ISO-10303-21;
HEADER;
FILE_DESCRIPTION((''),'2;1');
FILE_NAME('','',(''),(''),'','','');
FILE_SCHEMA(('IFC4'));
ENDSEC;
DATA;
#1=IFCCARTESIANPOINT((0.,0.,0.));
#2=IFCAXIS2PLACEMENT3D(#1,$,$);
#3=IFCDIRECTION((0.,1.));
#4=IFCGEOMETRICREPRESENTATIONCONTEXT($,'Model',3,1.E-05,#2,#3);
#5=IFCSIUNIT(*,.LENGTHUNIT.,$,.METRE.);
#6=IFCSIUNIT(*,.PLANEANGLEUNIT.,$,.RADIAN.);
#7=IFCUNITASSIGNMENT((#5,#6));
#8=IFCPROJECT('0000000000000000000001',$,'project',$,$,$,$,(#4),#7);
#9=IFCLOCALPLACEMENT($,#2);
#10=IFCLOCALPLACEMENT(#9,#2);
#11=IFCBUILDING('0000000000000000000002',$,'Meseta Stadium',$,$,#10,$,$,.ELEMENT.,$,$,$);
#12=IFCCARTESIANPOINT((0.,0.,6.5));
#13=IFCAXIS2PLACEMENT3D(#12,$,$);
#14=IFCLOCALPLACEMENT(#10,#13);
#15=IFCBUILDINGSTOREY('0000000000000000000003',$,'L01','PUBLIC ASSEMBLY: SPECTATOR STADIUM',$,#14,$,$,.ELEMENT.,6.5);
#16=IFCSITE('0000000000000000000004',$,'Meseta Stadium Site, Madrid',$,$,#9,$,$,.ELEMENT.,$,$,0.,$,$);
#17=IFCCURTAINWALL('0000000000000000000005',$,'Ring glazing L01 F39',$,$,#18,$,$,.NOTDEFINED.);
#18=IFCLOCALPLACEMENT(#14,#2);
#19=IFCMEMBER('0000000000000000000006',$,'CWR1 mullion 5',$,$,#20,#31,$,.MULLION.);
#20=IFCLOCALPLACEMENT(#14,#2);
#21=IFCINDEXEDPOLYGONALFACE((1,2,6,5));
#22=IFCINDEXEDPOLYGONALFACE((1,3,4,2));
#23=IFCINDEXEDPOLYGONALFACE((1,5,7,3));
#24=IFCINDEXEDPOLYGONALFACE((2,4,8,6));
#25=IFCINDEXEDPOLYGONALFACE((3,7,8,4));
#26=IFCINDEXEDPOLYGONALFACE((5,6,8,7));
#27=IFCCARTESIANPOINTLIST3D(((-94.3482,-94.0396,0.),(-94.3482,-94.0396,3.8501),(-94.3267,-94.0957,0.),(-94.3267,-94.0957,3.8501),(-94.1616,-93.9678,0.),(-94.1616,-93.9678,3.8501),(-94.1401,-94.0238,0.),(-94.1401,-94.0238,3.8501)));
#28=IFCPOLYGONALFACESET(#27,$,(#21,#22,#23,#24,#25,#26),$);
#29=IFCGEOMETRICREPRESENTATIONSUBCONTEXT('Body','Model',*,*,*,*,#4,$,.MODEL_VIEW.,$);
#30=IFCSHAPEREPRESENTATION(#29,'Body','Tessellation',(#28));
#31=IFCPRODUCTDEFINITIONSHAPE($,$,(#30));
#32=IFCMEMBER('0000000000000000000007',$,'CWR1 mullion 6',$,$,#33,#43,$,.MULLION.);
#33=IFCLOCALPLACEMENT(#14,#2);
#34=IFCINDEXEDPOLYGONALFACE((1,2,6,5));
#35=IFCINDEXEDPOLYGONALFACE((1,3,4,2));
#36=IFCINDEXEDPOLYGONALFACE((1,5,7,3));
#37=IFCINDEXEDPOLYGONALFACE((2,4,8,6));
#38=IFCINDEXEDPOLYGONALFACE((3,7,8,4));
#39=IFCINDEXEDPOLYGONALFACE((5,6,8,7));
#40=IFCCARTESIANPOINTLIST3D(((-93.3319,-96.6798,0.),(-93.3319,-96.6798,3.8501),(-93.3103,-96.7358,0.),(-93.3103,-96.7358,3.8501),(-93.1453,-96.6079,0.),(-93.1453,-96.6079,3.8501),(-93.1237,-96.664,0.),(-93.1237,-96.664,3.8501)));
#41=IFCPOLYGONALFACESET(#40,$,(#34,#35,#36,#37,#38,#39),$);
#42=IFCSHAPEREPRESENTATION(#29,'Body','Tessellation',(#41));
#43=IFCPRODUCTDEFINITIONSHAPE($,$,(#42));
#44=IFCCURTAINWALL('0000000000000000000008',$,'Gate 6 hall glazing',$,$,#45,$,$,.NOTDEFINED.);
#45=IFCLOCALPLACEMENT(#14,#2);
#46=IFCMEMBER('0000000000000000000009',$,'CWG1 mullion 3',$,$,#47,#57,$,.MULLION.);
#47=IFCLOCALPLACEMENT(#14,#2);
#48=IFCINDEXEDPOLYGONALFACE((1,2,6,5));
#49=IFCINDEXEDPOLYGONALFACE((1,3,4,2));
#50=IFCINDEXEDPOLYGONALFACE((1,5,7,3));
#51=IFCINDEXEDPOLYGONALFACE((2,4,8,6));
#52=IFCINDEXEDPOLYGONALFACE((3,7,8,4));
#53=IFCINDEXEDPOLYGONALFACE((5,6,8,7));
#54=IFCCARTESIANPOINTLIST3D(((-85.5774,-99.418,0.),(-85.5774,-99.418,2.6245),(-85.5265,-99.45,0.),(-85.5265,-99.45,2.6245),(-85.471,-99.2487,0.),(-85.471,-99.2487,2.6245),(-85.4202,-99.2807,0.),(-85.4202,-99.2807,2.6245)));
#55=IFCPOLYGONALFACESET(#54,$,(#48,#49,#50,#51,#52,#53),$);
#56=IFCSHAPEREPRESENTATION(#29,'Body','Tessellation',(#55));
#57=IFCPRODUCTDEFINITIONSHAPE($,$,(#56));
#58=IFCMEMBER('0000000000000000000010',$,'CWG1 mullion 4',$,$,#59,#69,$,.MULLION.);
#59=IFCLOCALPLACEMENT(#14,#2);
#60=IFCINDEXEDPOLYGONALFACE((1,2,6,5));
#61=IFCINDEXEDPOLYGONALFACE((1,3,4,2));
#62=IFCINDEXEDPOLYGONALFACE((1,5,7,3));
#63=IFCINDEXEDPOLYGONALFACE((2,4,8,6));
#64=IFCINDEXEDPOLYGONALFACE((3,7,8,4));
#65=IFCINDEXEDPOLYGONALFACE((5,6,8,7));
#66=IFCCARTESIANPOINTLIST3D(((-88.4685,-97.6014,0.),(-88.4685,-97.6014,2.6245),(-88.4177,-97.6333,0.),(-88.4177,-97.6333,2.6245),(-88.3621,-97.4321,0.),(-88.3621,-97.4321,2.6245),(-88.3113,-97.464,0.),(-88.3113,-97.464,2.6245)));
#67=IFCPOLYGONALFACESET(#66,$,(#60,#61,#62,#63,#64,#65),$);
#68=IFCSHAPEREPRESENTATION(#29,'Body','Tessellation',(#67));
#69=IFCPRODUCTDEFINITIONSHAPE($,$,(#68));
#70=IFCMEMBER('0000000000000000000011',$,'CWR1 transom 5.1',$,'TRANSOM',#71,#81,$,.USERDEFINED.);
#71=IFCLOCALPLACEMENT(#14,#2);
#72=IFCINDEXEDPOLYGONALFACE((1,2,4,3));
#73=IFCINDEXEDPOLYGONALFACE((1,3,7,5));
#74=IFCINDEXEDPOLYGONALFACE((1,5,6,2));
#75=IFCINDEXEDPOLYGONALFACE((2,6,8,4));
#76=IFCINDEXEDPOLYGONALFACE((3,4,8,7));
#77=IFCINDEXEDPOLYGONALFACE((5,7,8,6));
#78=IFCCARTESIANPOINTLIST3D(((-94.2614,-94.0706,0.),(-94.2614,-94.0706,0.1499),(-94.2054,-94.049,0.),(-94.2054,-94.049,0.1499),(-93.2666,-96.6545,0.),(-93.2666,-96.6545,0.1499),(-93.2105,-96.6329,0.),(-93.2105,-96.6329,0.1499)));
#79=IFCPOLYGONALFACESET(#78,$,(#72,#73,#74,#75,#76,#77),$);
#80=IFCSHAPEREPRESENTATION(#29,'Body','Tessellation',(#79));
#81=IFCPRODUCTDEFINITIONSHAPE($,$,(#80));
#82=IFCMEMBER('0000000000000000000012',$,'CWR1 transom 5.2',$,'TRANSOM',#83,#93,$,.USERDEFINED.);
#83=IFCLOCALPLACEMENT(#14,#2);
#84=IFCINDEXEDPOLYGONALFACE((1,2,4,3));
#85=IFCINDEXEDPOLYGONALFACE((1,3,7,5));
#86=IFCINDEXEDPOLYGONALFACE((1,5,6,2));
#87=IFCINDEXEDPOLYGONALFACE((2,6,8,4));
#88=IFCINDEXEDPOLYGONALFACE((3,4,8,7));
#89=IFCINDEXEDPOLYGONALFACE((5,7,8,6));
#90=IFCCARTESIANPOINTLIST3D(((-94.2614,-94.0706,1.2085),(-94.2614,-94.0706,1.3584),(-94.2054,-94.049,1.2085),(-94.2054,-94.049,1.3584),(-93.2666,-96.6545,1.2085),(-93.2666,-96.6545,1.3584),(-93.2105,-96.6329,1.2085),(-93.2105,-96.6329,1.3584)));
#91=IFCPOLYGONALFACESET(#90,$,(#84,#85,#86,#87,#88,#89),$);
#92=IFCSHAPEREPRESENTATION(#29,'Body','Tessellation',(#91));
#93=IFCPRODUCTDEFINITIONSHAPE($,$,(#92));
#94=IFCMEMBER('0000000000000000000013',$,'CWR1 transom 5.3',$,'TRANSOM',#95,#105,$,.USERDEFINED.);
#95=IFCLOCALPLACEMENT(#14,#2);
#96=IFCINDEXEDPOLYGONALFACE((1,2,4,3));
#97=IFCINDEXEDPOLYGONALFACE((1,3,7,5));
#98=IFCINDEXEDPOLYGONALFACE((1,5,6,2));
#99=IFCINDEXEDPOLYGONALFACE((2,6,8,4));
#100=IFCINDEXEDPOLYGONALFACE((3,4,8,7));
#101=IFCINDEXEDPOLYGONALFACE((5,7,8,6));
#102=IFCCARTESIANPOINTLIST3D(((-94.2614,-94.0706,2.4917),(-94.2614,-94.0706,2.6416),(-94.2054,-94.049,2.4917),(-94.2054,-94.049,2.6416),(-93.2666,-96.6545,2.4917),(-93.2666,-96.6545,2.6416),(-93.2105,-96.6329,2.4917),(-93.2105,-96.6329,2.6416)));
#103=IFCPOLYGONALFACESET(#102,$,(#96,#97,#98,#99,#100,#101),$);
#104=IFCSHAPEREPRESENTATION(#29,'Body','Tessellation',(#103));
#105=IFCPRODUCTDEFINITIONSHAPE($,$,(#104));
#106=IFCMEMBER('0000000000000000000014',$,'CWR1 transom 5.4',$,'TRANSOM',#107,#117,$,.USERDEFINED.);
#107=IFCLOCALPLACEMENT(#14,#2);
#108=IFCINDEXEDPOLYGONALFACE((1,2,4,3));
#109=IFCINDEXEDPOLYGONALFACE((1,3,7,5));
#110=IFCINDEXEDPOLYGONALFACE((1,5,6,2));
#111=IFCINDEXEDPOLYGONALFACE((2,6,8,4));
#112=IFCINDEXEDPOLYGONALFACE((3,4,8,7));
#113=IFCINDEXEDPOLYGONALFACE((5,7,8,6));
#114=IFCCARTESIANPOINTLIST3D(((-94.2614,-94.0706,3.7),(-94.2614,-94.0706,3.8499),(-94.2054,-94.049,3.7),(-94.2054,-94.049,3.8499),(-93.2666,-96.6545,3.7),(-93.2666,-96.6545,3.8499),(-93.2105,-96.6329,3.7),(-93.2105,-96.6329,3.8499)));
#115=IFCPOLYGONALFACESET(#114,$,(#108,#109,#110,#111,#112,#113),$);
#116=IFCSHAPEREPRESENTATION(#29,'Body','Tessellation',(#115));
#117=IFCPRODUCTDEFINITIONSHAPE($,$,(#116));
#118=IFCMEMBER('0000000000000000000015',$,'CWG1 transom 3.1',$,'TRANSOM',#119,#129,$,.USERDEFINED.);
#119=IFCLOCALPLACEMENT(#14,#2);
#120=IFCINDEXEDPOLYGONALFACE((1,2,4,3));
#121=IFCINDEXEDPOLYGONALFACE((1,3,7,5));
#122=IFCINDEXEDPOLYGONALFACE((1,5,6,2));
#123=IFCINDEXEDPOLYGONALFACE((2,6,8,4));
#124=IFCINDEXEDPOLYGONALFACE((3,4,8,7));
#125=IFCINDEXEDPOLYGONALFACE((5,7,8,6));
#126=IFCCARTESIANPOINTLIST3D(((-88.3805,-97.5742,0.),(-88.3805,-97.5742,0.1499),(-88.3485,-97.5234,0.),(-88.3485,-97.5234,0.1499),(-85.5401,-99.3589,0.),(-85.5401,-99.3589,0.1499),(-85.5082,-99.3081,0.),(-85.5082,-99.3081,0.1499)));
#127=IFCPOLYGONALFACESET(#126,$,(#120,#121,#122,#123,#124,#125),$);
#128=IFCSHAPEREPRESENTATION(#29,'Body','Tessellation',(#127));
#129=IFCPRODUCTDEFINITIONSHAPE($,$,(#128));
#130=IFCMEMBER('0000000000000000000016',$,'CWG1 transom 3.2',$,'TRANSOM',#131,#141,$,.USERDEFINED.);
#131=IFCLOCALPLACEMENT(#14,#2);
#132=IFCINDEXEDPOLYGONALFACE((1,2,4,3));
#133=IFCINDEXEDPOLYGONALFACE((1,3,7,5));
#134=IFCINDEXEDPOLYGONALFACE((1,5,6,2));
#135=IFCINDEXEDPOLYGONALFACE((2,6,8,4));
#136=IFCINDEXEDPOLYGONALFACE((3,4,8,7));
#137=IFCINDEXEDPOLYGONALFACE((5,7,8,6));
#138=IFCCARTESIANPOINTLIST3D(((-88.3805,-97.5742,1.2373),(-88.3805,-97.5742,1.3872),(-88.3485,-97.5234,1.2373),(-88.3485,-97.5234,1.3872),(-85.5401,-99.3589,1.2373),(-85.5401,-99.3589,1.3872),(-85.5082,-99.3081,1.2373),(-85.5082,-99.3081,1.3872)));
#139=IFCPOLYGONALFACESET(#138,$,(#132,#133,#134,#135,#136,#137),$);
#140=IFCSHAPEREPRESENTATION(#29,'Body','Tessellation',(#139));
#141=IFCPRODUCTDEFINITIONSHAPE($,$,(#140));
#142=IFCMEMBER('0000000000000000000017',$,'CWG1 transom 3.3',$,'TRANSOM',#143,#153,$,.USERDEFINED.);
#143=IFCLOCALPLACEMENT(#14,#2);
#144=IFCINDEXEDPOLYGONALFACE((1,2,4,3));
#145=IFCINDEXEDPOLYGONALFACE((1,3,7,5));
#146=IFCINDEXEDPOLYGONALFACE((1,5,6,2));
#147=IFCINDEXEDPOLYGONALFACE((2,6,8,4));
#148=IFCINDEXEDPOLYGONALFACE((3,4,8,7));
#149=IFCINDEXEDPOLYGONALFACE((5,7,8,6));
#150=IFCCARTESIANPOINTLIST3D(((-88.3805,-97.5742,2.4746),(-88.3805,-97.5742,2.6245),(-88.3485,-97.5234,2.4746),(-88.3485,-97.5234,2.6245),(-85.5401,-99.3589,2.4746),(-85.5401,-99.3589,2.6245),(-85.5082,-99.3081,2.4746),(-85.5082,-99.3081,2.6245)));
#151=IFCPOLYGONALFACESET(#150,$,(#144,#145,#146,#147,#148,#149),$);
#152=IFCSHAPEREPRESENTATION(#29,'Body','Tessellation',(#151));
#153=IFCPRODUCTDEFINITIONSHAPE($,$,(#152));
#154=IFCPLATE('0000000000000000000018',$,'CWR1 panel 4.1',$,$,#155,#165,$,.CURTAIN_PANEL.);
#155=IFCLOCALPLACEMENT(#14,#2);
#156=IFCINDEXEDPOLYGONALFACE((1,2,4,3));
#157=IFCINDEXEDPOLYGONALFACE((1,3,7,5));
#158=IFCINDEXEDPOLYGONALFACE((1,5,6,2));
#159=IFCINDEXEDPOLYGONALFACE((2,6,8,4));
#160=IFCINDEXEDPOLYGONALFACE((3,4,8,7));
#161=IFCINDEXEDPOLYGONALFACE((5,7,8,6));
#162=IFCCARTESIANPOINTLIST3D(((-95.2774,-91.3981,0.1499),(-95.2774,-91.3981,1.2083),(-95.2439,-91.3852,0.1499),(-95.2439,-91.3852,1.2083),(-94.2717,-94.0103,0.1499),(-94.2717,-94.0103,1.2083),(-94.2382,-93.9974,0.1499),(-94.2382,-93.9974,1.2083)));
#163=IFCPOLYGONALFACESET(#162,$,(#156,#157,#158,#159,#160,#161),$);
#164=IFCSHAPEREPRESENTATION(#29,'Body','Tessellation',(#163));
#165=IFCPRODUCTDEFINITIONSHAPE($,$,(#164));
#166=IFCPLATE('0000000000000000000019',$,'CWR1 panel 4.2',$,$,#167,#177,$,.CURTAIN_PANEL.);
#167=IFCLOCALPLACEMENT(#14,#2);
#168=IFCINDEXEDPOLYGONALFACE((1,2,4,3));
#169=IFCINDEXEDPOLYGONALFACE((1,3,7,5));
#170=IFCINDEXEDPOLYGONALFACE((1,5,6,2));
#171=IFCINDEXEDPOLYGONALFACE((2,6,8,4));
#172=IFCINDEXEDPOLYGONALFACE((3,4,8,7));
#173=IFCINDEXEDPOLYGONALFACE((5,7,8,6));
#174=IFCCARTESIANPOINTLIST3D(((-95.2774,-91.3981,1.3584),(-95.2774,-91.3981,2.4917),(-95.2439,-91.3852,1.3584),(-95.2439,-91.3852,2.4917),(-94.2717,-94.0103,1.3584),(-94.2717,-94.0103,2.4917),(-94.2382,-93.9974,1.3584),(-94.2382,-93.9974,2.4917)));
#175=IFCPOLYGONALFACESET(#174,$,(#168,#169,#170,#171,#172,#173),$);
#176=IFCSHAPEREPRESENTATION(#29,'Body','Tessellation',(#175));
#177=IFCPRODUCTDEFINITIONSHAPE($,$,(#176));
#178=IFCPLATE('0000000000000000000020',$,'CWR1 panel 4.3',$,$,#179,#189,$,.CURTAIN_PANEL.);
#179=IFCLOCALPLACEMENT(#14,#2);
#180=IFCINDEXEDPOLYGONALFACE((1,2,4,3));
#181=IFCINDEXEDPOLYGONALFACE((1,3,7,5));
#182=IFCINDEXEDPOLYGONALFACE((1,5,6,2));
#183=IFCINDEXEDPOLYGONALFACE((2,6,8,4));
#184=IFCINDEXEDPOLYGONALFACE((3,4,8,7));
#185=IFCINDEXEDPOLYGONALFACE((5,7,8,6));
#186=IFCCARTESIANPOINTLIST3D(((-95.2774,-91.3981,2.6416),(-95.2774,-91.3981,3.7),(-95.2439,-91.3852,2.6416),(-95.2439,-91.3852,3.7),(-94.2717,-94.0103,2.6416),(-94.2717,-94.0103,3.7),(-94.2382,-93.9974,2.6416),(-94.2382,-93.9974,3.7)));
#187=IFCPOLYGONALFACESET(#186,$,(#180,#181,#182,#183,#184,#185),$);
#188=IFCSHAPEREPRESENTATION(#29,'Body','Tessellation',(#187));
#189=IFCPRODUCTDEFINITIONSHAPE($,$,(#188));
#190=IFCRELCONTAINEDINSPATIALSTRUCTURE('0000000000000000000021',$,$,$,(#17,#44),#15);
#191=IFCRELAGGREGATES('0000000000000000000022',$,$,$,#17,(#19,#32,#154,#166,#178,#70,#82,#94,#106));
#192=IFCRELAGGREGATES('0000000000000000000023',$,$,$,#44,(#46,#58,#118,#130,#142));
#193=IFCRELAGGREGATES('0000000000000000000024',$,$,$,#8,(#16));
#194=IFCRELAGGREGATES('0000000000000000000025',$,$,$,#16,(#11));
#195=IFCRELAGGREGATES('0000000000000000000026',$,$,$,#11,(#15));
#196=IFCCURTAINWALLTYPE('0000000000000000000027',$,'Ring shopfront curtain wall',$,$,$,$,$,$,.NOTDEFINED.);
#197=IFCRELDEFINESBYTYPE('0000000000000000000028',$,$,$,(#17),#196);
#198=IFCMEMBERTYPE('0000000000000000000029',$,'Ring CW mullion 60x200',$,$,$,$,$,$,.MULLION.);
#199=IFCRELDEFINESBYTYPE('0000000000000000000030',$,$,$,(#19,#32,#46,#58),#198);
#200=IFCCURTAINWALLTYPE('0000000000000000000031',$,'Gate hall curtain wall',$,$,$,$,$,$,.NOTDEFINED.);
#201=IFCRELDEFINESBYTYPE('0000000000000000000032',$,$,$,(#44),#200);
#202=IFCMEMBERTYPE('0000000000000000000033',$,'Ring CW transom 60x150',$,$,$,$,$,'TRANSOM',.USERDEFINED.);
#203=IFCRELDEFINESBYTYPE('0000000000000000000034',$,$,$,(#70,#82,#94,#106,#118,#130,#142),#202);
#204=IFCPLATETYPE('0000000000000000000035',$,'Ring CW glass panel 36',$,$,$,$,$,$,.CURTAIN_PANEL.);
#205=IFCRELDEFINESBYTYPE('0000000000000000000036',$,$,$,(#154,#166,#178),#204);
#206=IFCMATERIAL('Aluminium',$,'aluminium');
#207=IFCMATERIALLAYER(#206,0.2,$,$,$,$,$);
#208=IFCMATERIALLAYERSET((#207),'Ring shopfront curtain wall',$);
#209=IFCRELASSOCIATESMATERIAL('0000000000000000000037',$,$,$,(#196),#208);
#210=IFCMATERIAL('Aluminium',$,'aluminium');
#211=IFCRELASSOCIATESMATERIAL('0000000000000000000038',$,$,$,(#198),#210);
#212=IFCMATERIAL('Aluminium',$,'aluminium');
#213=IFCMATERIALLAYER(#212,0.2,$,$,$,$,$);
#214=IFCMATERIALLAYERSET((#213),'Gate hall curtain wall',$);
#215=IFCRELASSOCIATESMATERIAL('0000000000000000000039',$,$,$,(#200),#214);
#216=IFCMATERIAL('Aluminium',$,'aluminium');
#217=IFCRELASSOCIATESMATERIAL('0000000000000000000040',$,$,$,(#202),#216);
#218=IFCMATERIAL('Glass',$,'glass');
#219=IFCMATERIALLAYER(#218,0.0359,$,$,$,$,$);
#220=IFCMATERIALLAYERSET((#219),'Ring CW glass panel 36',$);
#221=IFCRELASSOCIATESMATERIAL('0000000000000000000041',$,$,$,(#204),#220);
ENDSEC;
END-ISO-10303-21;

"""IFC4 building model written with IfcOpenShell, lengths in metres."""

from ifc_helpers import new_model, si_unit, direction, frame, origin, origin_2d, place, context, subcontext, project, spatial, rectangle, extrude, material, layer, layer_set, material_profile, profile_set, type_object, element, aggregate, save


model = new_model("IFC4")

# Units and contexts
model_context = context("Model", 3, precision=1e-05, world=origin(), true_north=direction((0.0, 1.0)))
body_context = subcontext(model_context, "Body", "Model", "MODEL_VIEW")
ifc_project = project(units=[si_unit("LENGTHUNIT", "METRE"), si_unit("PLANEANGLEUNIT", "RADIAN")], contexts=[model_context])

# Site, building, storey
site_placement = place(None, origin())
site = spatial("IfcSite", under=ifc_project, at=site_placement, Name="Meseta Stadium Site, Madrid", CompositionType="ELEMENT", RefElevation=0.0)
building_placement = place(site_placement, origin())
building = spatial("IfcBuilding", under=site, at=building_placement, Name="Meseta Stadium", CompositionType="ELEMENT")
storey_placement = place(building_placement, frame((0.0, 0.0, 6.5)))
storey = spatial("IfcBuildingStorey", under=building, at=storey_placement, Name="L01", Description="PUBLIC ASSEMBLY: SPECTATOR STADIUM", CompositionType="ELEMENT", Elevation=6.5)

# Curtain walls, members
ifc_material_1 = material(Name="Aluminium", Category="aluminium")
ifc_layer_1 = layer(ifc_material_1, 0.2)
ifc_layer_set_1 = layer_set([ifc_layer_1], Name="Ring shopfront curtain wall")
curtain_wall_type_1 = type_object("IfcCurtainWallType", Name="Ring shopfront curtain wall", PredefinedType="NOTDEFINED", material=ifc_layer_set_1)
curtain_wall_1_placement = place(storey_placement, origin())
curtain_wall_1 = element("IfcCurtainWall", 1, at=curtain_wall_1_placement, inside=storey, type_object=curtain_wall_type_1, Name="Ring glazing L01 F39", PredefinedType="NOTDEFINED")
ifc_material_2 = material(Name="Aluminium", Category="aluminium")
ifc_material_profile_1 = material_profile(ifc_material_2, rectangle(XDim=0.2, YDim=0.0601, at=origin_2d()), Name="CW 200x60")
ifc_profile_set_1 = profile_set([ifc_material_profile_1], Name="Aluminium")
member_type_1 = type_object("IfcMemberType", Name="Ring CW mullion 60x200", PredefinedType="MULLION", material=ifc_profile_set_1)
member_1_placement = place(storey_placement, frame((-94.2441, -94.0317, 0.0), z_axis=(0.0, 0.0, 1.0), x_axis=(0.933221, 0.359302, 0.0)))
member_1 = element("IfcMember", 2, at=member_1_placement, type_object=member_type_1, Name="CWR1 mullion 5", PredefinedType="MULLION", context=body_context, shape_type="SweptSolid", body=[
    extrude(rectangle(XDim=0.2, YDim=0.0601, at=origin_2d()), origin(), (0.0, 0.0, 1.0), 3.8501),
])
member_2_placement = place(storey_placement, frame((-93.2278, -96.6719, 0.0), z_axis=(0.0, 0.0, 1.0), x_axis=(0.933221, 0.359302, 0.0)))
member_2 = element("IfcMember", 3, at=member_2_placement, type_object=member_type_1, Name="CWR1 mullion 6", PredefinedType="MULLION", context=body_context, shape_type="SweptSolid", body=[
    extrude(rectangle(XDim=0.2, YDim=0.0601, at=origin_2d()), origin(), (0.0, 0.0, 1.0), 3.8501),
])
ifc_material_3 = material(Name="Aluminium", Category="aluminium")
ifc_layer_2 = layer(ifc_material_3, 0.2)
ifc_layer_set_2 = layer_set([ifc_layer_2], Name="Gate hall curtain wall")
curtain_wall_type_2 = type_object("IfcCurtainWallType", Name="Gate hall curtain wall", PredefinedType="NOTDEFINED", material=ifc_layer_set_2)
curtain_wall_2_placement = place(storey_placement, origin())
curtain_wall_2 = element("IfcCurtainWall", 4, at=curtain_wall_2_placement, inside=storey, type_object=curtain_wall_type_2, Name="Gate 6 hall glazing", PredefinedType="NOTDEFINED")
member_3_placement = place(storey_placement, frame((-85.4988, -99.3494, 0.0), z_axis=(0.0, 0.0, 1.0), x_axis=(-0.532035, -0.846723, 0.0)))
member_3 = element("IfcMember", 5, at=member_3_placement, type_object=member_type_1, Name="CWG1 mullion 3", PredefinedType="MULLION", context=body_context, shape_type="SweptSolid", body=[
    extrude(rectangle(XDim=0.2, YDim=0.0601, at=origin_2d()), origin(), (0.0, 0.0, 1.0), 2.6245),
])
member_4_placement = place(storey_placement, frame((-88.3899, -97.5327, 0.0), z_axis=(0.0, 0.0, 1.0), x_axis=(-0.532035, -0.846723, 0.0)))
member_4 = element("IfcMember", 6, at=member_4_placement, type_object=member_type_1, Name="CWG1 mullion 4", PredefinedType="MULLION", context=body_context, shape_type="SweptSolid", body=[
    extrude(rectangle(XDim=0.2, YDim=0.0601, at=origin_2d()), origin(), (0.0, 0.0, 1.0), 2.6245),
])

# Members
ifc_material_4 = material(Name="Aluminium", Category="aluminium")
ifc_material_profile_2 = material_profile(ifc_material_4, rectangle(XDim=0.0601, YDim=0.1499, at=origin_2d()), Name="CW 60x150")
ifc_profile_set_2 = profile_set([ifc_material_profile_2], Name="Aluminium")
member_type_2 = type_object("IfcMemberType", Name="Ring CW transom 60x150", ElementType="TRANSOM", PredefinedType="USERDEFINED", material=ifc_profile_set_2)
member_5_placement = place(storey_placement, frame((-94.2334, -94.0598, 0.075), z_axis=(0.359304, -0.933221, 0.0), x_axis=(0.933221, 0.359304, 0.0)))
member_5 = element("IfcMember", 7, at=member_5_placement, type_object=member_type_2, Name="CWR1 transom 5.1", ObjectType="TRANSOM", PredefinedType="USERDEFINED", context=body_context, shape_type="SweptSolid", body=[
    extrude(rectangle(XDim=0.0601, YDim=0.1499, at=origin_2d()), origin(), (0.0, 0.0, 1.0), 2.7688),
])
member_6_placement = place(storey_placement, frame((-94.2334, -94.0598, 1.2834), z_axis=(0.359304, -0.933221, 0.0), x_axis=(0.933221, 0.359304, 0.0)))
member_6 = element("IfcMember", 8, at=member_6_placement, type_object=member_type_2, Name="CWR1 transom 5.2", ObjectType="TRANSOM", PredefinedType="USERDEFINED", context=body_context, shape_type="SweptSolid", body=[
    extrude(rectangle(XDim=0.0601, YDim=0.1499, at=origin_2d()), origin(), (0.0, 0.0, 1.0), 2.7688),
])
member_7_placement = place(storey_placement, frame((-94.2334, -94.0598, 2.5667), z_axis=(0.359304, -0.933221, 0.0), x_axis=(0.933221, 0.359304, 0.0)))
member_7 = element("IfcMember", 9, at=member_7_placement, type_object=member_type_2, Name="CWR1 transom 5.3", ObjectType="TRANSOM", PredefinedType="USERDEFINED", context=body_context, shape_type="SweptSolid", body=[
    extrude(rectangle(XDim=0.0601, YDim=0.1499, at=origin_2d()), origin(), (0.0, 0.0, 1.0), 2.7688),
])
member_8_placement = place(storey_placement, frame((-94.2334, -94.0598, 3.7749), z_axis=(0.359304, -0.933221, 0.0), x_axis=(0.933221, 0.359304, 0.0)))
member_8 = element("IfcMember", 10, at=member_8_placement, type_object=member_type_2, Name="CWR1 transom 5.4", ObjectType="TRANSOM", PredefinedType="USERDEFINED", context=body_context, shape_type="SweptSolid", body=[
    extrude(rectangle(XDim=0.0601, YDim=0.1499, at=origin_2d()), origin(), (0.0, 0.0, 1.0), 2.7688),
])
member_9_placement = place(storey_placement, frame((-85.5242, -99.3335, 0.075), z_axis=(-0.846728, 0.532025, 0.0), x_axis=(-0.532025, -0.846728, 0.0)))
member_9 = element("IfcMember", 11, at=member_9_placement, type_object=member_type_2, Name="CWG1 transom 3.1", ObjectType="TRANSOM", PredefinedType="USERDEFINED", context=body_context, shape_type="SweptSolid", body=[
    extrude(rectangle(XDim=0.0601, YDim=0.1499, at=origin_2d()), origin(), (0.0, 0.0, 1.0), 3.3545),
])
member_10_placement = place(storey_placement, frame((-85.5242, -99.3335, 1.3123), z_axis=(-0.846728, 0.532025, 0.0), x_axis=(-0.532025, -0.846728, 0.0)))
member_10 = element("IfcMember", 12, at=member_10_placement, type_object=member_type_2, Name="CWG1 transom 3.2", ObjectType="TRANSOM", PredefinedType="USERDEFINED", context=body_context, shape_type="SweptSolid", body=[
    extrude(rectangle(XDim=0.0601, YDim=0.1499, at=origin_2d()), origin(), (0.0, 0.0, 1.0), 3.3545),
])
member_11_placement = place(storey_placement, frame((-85.5242, -99.3335, 2.5496), z_axis=(-0.846728, 0.532025, 0.0), x_axis=(-0.532025, -0.846728, 0.0)))
member_11 = element("IfcMember", 13, at=member_11_placement, type_object=member_type_2, Name="CWG1 transom 3.3", ObjectType="TRANSOM", PredefinedType="USERDEFINED", context=body_context, shape_type="SweptSolid", body=[
    extrude(rectangle(XDim=0.0601, YDim=0.1499, at=origin_2d()), origin(), (0.0, 0.0, 1.0), 3.3545),
])

# Plates
ifc_material_5 = material(Name="Glass", Category="glass")
ifc_layer_3 = layer(ifc_material_5, 0.0359)
ifc_layer_set_3 = layer_set([ifc_layer_3], Name="Ring CW glass panel 36")
plate_type_1 = type_object("IfcPlateType", Name="Ring CW glass panel 36", PredefinedType="CURTAIN_PANEL", material=ifc_layer_set_3)
plate_1_placement = place(storey_placement, frame((-94.7578, -92.6978, 0.1499), z_axis=(0.0, 0.0, 1.0), x_axis=(0.359302, -0.933221, 0.0)))
plate_1 = element("IfcPlate", 14, at=plate_1_placement, type_object=plate_type_1, Name="CWR1 panel 4.1", PredefinedType="CURTAIN_PANEL", context=body_context, shape_type="SweptSolid", body=[
    extrude(rectangle(XDim=2.7991, YDim=0.0359, at=origin_2d()), origin(), (0.0, 0.0, 1.0), 1.0583),
])
plate_2_placement = place(storey_placement, frame((-94.7578, -92.6978, 1.3584), z_axis=(0.0, 0.0, 1.0), x_axis=(0.359302, -0.933221, 0.0)))
plate_2 = element("IfcPlate", 15, at=plate_2_placement, type_object=plate_type_1, Name="CWR1 panel 4.2", PredefinedType="CURTAIN_PANEL", context=body_context, shape_type="SweptSolid", body=[
    extrude(rectangle(XDim=2.7991, YDim=0.0359, at=origin_2d()), origin(), (0.0, 0.0, 1.0), 1.1333),
])
plate_3_placement = place(storey_placement, frame((-94.7578, -92.6978, 2.6416), z_axis=(0.0, 0.0, 1.0), x_axis=(0.359302, -0.933221, 0.0)))
plate_3 = element("IfcPlate", 16, at=plate_3_placement, type_object=plate_type_1, Name="CWR1 panel 4.3", PredefinedType="CURTAIN_PANEL", context=body_context, shape_type="SweptSolid", body=[
    extrude(rectangle(XDim=2.7991, YDim=0.0359, at=origin_2d()), origin(), (0.0, 0.0, 1.0), 1.0583),
])
aggregate(curtain_wall_1, [member_1, member_2, plate_1, plate_2, plate_3, member_5, member_6, member_7, member_8])
aggregate(curtain_wall_2, [member_3, member_4, member_9, member_10, member_11])

save(model, "model.ifc")
